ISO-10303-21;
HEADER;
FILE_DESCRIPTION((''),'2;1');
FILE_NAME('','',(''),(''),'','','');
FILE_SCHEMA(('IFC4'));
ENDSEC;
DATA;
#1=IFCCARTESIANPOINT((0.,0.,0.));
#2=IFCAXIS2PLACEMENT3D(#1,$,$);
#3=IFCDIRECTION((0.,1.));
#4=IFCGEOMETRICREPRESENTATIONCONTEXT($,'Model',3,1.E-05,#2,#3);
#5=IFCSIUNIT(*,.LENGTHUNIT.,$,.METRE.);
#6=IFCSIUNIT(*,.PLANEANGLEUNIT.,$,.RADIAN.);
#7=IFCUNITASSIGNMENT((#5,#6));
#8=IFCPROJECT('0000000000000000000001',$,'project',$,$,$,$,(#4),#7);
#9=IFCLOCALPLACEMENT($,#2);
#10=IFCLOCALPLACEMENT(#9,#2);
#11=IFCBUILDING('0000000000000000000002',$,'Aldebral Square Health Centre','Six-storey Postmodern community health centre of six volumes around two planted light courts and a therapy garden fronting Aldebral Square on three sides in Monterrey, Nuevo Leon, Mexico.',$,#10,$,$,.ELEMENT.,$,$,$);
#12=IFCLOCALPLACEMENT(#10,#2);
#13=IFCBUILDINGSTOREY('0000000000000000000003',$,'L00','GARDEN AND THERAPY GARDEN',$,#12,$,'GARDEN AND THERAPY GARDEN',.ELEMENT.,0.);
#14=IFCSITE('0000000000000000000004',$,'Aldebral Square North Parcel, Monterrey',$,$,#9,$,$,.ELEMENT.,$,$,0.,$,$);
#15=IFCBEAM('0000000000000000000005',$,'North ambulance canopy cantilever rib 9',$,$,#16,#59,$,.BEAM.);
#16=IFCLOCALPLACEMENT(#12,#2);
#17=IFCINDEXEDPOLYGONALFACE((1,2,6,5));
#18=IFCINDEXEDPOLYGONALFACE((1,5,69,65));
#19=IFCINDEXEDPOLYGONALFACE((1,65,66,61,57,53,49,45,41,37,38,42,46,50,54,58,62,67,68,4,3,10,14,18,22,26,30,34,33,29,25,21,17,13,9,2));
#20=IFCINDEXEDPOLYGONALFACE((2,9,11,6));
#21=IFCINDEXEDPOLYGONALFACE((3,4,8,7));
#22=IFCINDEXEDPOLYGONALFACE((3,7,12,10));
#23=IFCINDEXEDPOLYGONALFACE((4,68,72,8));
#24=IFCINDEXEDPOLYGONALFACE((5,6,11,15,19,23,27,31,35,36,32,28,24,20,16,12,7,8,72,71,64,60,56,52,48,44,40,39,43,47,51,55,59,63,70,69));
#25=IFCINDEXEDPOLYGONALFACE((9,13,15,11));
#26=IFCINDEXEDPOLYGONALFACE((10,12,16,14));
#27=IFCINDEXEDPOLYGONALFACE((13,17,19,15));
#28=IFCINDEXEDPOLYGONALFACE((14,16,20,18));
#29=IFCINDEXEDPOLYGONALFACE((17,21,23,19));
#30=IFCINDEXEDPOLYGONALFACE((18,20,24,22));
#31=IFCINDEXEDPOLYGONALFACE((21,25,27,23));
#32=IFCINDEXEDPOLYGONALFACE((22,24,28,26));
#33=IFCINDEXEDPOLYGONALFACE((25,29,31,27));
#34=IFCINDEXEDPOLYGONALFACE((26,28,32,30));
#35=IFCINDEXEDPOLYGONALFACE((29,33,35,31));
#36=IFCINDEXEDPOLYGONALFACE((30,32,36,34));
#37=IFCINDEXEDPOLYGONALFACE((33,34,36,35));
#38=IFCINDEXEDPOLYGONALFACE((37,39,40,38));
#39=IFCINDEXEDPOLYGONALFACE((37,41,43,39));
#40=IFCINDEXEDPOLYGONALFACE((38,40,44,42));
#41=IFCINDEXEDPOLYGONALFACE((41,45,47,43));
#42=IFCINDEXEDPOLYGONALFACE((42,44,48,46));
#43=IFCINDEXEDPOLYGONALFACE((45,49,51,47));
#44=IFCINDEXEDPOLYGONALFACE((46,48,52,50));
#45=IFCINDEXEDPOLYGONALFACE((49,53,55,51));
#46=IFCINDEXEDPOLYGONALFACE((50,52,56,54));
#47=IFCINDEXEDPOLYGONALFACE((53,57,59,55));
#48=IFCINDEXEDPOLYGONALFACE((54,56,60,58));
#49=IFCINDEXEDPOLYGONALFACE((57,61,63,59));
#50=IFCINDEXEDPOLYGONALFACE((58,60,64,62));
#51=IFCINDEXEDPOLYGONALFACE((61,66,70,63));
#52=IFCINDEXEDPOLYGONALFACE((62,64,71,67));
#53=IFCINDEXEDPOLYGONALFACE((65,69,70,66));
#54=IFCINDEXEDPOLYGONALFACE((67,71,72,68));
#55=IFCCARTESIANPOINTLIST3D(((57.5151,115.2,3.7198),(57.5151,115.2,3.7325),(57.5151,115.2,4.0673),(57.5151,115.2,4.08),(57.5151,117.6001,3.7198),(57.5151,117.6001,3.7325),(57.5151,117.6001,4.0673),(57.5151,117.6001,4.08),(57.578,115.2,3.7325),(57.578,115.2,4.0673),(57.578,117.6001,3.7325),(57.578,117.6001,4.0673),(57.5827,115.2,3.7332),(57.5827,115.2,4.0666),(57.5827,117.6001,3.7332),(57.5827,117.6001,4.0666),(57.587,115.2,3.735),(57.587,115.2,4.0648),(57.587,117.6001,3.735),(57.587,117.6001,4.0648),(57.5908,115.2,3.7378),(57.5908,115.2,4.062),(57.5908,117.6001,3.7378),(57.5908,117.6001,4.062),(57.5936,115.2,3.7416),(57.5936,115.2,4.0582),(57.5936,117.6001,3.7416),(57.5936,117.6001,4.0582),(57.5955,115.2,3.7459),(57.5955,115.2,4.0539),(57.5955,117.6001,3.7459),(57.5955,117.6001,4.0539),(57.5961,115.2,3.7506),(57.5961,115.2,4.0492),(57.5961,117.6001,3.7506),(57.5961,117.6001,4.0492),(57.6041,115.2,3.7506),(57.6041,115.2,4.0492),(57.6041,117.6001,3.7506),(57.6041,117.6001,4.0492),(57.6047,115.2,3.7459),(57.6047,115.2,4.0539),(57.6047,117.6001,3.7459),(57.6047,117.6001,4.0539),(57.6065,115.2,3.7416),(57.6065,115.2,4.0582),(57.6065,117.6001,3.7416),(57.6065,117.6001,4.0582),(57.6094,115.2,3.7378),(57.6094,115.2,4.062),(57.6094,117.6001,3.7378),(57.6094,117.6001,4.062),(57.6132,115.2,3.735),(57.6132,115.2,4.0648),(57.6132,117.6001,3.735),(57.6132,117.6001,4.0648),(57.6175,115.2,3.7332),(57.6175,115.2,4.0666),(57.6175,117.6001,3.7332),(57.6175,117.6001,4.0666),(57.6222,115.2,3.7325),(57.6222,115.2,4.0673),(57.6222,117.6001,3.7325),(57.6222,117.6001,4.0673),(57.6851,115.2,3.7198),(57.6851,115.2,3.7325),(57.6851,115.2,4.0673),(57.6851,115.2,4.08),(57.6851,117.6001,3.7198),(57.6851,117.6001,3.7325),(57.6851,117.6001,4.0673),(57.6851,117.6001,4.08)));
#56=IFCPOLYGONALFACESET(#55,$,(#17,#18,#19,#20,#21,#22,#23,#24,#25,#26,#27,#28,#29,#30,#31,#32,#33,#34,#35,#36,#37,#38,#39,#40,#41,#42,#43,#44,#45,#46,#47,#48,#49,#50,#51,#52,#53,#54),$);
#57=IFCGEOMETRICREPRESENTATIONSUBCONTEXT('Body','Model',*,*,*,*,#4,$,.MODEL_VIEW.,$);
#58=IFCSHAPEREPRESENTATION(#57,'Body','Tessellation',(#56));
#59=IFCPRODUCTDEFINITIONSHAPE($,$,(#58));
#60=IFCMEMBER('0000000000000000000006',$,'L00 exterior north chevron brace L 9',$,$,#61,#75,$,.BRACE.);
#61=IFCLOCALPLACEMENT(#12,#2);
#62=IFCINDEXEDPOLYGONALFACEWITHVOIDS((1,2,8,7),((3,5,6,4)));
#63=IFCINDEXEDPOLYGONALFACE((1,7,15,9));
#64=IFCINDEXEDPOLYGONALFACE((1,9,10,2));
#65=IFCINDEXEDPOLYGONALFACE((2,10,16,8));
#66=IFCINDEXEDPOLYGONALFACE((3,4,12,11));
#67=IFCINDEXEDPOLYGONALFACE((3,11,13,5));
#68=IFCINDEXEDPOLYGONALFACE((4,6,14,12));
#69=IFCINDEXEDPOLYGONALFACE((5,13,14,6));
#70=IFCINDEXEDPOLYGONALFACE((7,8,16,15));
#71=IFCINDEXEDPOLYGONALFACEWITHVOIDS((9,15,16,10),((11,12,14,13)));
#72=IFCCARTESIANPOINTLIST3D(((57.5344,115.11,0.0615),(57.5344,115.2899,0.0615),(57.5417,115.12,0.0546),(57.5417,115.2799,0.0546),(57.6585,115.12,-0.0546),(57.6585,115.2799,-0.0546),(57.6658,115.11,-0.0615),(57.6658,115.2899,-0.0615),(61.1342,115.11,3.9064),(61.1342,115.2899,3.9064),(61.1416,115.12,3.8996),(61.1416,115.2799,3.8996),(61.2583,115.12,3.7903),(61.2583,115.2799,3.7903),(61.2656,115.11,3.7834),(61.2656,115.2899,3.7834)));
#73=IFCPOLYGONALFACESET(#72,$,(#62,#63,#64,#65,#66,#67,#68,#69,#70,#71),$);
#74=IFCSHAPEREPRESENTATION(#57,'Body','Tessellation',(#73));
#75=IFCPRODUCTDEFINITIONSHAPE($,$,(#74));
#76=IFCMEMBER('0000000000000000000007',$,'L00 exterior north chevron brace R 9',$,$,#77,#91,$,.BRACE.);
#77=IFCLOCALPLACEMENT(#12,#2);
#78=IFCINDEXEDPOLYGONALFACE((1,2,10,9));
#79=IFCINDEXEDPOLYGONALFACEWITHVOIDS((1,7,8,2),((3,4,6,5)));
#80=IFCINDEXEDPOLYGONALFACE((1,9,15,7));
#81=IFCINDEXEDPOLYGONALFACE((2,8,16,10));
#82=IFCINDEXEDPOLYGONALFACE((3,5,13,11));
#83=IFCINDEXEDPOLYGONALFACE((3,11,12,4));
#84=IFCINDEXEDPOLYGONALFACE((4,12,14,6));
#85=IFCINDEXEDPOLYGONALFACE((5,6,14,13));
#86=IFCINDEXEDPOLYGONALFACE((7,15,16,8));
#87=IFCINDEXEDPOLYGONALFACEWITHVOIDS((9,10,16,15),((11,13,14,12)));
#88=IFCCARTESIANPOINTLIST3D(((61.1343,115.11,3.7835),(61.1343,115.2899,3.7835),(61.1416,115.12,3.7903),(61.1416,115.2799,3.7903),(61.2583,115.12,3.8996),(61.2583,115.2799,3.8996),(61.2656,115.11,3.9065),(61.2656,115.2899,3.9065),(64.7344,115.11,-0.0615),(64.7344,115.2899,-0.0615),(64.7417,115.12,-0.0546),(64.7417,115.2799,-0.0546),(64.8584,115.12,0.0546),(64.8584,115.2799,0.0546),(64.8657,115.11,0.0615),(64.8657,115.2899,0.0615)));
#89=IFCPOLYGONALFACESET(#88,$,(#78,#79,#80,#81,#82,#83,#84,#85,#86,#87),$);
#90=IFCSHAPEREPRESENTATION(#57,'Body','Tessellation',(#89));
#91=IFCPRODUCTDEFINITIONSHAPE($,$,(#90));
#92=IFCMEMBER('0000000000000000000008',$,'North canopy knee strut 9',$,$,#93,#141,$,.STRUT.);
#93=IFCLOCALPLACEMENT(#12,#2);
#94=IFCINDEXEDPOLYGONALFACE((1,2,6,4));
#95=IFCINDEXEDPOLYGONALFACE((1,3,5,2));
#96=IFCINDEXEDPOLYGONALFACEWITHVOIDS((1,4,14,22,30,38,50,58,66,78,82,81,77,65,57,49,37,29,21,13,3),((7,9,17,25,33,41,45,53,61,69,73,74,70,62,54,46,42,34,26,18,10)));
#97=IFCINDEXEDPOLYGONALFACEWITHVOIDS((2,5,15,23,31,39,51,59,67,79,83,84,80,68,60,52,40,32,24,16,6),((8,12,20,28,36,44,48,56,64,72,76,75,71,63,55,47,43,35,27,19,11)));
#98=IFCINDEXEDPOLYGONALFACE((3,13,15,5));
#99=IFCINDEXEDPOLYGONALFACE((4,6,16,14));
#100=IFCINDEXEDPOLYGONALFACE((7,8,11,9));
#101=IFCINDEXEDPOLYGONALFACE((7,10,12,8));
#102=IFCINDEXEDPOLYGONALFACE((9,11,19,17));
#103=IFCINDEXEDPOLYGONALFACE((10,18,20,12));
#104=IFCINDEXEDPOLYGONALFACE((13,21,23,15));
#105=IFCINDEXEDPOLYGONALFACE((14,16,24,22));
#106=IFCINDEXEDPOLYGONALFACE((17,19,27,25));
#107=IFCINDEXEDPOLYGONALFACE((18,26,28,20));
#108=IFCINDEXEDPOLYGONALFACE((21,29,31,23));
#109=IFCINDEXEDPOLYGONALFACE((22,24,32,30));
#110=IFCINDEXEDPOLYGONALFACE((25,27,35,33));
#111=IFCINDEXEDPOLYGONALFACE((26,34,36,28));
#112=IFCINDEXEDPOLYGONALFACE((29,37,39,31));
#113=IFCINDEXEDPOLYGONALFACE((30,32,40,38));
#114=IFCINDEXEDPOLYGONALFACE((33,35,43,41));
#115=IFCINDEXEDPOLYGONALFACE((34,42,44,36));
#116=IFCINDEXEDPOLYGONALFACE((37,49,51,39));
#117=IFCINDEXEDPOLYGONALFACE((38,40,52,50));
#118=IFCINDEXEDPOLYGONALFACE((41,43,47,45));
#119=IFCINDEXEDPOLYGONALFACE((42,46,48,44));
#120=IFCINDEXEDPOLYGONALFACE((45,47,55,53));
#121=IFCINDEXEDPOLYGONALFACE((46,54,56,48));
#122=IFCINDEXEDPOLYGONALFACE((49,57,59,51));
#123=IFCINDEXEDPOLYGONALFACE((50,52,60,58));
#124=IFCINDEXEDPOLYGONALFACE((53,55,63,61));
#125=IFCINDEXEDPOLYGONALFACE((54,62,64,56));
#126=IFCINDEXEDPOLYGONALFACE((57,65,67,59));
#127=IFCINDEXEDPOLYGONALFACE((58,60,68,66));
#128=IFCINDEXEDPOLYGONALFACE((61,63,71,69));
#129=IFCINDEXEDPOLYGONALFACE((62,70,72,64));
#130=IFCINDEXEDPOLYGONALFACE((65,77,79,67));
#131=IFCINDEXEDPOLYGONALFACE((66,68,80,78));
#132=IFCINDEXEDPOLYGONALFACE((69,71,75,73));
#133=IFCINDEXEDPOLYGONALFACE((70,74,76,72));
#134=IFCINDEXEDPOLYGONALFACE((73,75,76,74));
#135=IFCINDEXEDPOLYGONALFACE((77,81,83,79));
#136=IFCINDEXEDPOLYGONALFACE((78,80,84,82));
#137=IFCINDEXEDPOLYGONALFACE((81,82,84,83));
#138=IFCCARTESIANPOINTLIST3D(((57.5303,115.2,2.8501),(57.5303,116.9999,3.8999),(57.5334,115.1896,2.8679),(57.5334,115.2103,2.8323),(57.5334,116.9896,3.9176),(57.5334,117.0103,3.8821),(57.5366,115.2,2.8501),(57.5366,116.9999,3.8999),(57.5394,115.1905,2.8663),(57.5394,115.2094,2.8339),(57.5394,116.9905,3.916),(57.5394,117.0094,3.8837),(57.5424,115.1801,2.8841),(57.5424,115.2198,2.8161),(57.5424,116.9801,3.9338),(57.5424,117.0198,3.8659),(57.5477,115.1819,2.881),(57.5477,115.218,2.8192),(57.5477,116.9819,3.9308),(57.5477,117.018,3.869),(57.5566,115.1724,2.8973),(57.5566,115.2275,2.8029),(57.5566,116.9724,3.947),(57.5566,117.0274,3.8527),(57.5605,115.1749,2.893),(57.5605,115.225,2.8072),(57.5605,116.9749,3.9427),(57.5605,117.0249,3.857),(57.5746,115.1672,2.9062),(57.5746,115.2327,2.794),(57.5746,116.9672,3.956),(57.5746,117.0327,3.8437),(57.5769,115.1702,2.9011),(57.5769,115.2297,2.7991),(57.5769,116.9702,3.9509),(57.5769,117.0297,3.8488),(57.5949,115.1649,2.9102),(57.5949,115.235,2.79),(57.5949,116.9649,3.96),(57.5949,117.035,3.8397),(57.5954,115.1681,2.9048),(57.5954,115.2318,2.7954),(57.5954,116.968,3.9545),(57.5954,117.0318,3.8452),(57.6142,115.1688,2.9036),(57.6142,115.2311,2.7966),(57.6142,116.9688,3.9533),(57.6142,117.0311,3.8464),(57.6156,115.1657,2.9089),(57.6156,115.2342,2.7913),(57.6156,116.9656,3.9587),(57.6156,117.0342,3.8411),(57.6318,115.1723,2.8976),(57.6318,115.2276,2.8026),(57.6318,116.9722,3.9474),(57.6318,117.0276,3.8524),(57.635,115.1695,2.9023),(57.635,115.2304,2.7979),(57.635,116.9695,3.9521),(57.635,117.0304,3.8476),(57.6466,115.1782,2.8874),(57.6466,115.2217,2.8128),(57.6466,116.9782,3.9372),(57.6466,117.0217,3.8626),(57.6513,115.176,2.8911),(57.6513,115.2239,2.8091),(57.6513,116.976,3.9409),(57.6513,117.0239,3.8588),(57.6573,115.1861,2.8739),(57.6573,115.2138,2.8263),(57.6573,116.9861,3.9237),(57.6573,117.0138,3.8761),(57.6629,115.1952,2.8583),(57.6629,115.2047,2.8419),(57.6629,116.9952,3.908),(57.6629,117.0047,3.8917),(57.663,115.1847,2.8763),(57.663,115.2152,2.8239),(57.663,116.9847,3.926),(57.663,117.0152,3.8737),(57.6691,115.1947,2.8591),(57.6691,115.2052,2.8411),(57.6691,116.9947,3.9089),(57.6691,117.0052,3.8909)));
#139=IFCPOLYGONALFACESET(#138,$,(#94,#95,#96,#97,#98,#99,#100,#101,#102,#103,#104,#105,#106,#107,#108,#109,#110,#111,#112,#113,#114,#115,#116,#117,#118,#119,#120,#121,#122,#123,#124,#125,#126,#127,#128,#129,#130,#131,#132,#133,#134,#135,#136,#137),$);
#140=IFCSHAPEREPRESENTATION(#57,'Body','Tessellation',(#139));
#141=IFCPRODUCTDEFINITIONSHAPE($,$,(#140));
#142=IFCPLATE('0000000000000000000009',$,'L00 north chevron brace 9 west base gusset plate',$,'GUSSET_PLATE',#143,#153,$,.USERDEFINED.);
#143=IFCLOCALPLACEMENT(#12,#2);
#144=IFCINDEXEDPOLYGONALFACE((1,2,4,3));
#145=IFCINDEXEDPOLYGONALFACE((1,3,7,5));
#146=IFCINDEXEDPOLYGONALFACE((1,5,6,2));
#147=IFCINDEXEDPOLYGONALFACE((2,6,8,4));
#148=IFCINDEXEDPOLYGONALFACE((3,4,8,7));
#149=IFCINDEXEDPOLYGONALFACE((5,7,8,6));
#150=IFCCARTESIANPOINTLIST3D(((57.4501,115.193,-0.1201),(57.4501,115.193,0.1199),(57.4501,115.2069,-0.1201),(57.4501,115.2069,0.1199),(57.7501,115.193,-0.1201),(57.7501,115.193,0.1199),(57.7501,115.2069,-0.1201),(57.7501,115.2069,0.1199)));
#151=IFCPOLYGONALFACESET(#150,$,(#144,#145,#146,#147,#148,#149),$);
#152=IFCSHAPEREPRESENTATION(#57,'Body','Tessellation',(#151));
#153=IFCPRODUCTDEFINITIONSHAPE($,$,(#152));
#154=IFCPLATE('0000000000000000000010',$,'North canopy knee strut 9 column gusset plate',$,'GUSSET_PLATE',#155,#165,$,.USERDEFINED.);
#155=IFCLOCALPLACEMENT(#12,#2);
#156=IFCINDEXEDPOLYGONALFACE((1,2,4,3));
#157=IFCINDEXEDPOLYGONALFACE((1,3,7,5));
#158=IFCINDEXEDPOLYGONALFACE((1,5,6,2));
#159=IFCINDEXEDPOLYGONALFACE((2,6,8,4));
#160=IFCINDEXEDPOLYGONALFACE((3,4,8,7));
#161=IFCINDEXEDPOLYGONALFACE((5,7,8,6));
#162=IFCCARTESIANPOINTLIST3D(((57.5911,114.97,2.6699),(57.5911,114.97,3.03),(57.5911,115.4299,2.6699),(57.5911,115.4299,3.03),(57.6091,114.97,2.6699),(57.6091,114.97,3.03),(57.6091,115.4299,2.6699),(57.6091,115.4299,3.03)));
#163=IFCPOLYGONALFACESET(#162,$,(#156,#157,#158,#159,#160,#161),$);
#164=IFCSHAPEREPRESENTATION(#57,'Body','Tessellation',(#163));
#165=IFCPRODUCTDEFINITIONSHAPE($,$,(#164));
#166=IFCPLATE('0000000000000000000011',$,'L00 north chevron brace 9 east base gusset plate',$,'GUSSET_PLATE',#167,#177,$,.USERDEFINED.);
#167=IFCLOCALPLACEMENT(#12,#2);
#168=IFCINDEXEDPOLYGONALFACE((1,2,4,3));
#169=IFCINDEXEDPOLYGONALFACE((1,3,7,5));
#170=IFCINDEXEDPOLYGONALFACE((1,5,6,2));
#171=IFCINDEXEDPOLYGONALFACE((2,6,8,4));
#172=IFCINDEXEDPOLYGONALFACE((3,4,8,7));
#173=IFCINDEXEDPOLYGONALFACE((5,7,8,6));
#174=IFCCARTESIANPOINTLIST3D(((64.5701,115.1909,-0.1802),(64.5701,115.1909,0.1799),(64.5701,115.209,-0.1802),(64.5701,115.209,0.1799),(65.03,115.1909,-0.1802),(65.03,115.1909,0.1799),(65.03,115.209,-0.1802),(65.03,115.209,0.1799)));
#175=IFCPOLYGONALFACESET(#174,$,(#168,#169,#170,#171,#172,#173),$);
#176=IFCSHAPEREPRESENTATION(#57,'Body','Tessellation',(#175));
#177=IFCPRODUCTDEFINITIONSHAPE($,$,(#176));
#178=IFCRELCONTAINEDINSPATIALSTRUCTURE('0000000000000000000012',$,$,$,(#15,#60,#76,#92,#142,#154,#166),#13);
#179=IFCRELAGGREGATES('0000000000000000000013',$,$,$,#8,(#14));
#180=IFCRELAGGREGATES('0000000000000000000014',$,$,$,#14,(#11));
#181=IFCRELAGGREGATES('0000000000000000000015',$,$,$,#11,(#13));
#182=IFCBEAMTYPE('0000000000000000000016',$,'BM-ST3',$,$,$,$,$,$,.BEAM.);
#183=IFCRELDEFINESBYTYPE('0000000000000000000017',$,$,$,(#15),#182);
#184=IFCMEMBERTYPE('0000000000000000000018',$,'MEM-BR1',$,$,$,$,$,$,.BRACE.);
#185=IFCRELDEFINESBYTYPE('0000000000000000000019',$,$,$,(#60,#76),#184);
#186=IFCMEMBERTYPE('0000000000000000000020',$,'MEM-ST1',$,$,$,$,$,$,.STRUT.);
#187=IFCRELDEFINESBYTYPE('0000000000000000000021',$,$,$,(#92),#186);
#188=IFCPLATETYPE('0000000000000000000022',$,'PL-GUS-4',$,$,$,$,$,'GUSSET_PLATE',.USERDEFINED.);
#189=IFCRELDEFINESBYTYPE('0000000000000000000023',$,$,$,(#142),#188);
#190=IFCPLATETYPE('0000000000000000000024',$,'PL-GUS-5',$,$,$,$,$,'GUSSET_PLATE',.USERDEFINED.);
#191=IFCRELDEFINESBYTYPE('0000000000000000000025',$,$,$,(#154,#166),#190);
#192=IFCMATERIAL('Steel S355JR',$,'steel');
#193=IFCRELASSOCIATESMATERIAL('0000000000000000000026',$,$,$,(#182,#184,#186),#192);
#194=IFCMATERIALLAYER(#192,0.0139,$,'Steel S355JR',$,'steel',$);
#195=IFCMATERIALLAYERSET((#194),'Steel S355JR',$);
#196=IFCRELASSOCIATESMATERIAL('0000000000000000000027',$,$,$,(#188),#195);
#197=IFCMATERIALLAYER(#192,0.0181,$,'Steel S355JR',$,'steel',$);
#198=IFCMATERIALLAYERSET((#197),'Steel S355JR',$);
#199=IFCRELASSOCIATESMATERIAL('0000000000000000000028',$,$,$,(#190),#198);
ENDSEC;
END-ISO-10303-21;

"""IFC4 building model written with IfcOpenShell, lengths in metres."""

from ifc_helpers import new_model, si_unit, direction, frame, origin, origin_2d, place, context, subcontext, project, spatial, rectangle, hollow_rectangle, hollow_circle, i_section, extrude, material, layer, layer_set, material_profile, profile_set, type_object, element, save


model = new_model("IFC4")

# Units and contexts
model_context = context("Model", 3, precision=1e-05, world=origin(), true_north=direction((0.0, 1.0)))
body_context = subcontext(model_context, "Body", "Model", "MODEL_VIEW")
ifc_project = project(units=[si_unit("LENGTHUNIT", "METRE"), si_unit("PLANEANGLEUNIT", "RADIAN")], contexts=[model_context])

# Site, building, storey
site_placement = place(None, origin())
site = spatial("IfcSite", under=ifc_project, at=site_placement, Name="Aldebral Square North Parcel, Monterrey", CompositionType="ELEMENT", RefElevation=0.0)
building_placement = place(site_placement, origin())
building = spatial("IfcBuilding", under=site, at=building_placement, Name="Aldebral Square Health Centre", Description="Six-storey Postmodern community health centre of six volumes around two planted light courts and a therapy garden fronting Aldebral Square on three sides in Monterrey, Nuevo Leon, Mexico.", CompositionType="ELEMENT")
storey_placement = place(building_placement, origin())
storey = spatial("IfcBuildingStorey", under=building, at=storey_placement, Name="L00", Description="GARDEN AND THERAPY GARDEN", LongName="GARDEN AND THERAPY GARDEN", CompositionType="ELEMENT", Elevation=0.0)

# Beam
ifc_material_1 = material(Name="Steel S355JR", Category="steel")
ifc_material_profile_1 = material_profile(ifc_material_1, i_section(OverallWidth=0.1699, OverallDepth=0.3601, WebThickness=0.0081, FlangeThickness=0.0127, FilletRadius=0.0181, at=origin_2d()), Name="IPE 360")
ifc_profile_set_1 = profile_set([ifc_material_profile_1], Name="Steel S355JR")
beam_type_1 = type_object("IfcBeamType", Name="BM-ST3", PredefinedType="BEAM", material=ifc_profile_set_1)
beam_1_placement = place(storey_placement, frame((57.6001, 115.2, 3.8999), z_axis=(0.0, 1.0, 0.0), x_axis=(-1.0, 0.0, 0.0)))
element("IfcBeam", 1, at=beam_1_placement, inside=storey, type_object=beam_type_1, Name="North ambulance canopy cantilever rib 9", PredefinedType="BEAM", context=body_context, shape_type="SweptSolid", body=[
    extrude(i_section(OverallWidth=0.1699, OverallDepth=0.3601, WebThickness=0.0081, FlangeThickness=0.0127, FilletRadius=0.0181, at=origin_2d()), origin(), (0.0, 0.0, 1.0), 2.4001),
])

# Members
ifc_material_profile_2 = material_profile(ifc_material_1, hollow_rectangle(XDim=0.1799, YDim=0.1799, WallThickness=0.01, at=origin_2d()), Name="180x180x10 SHS")
ifc_profile_set_2 = profile_set([ifc_material_profile_2], Name="Steel S355JR")
member_type_1 = type_object("IfcMemberType", Name="MEM-BR1", PredefinedType="BRACE", material=ifc_profile_set_2)
member_1_placement = place(storey_placement, frame((57.6001, 115.2, 0.0), z_axis=(0.683455, 0.0, 0.729992), x_axis=(0.0, 1.0, 0.0)))
element("IfcMember", 2, at=member_1_placement, inside=storey, type_object=member_type_1, Name="L00 exterior north chevron brace L 9", PredefinedType="BRACE", context=body_context, shape_type="SweptSolid", body=[
    extrude(hollow_rectangle(XDim=0.1799, YDim=0.1799, WallThickness=0.01, at=origin_2d()), origin(), (0.0, 0.0, 1.0), 5.2671),
])
member_2_placement = place(storey_placement, frame((64.8, 115.2, 0.0), z_axis=(-0.68348, 0.0, 0.729969), x_axis=(0.0, -1.0, 0.0)))
element("IfcMember", 3, at=member_2_placement, inside=storey, type_object=member_type_1, Name="L00 exterior north chevron brace R 9", PredefinedType="BRACE", context=body_context, shape_type="SweptSolid", body=[
    extrude(hollow_rectangle(XDim=0.1799, YDim=0.1799, WallThickness=0.01, at=origin_2d()), origin(), (0.0, 0.0, 1.0), 5.2673),
])
ifc_material_profile_3 = material_profile(ifc_material_1, hollow_circle(Radius=0.0698, WallThickness=0.0063, at=origin_2d()), Name="139.7x6.3 CHS")
ifc_profile_set_3 = profile_set([ifc_material_profile_3], Name="Steel S355JR")
member_type_2 = type_object("IfcMemberType", Name="MEM-ST1", PredefinedType="STRUT", material=ifc_profile_set_3)
member_3_placement = place(storey_placement, frame((57.6001, 115.2, 2.8501), z_axis=(0.0, 0.863826, 0.503791), x_axis=(-1.0, 0.0, 0.0)))
element("IfcMember", 4, at=member_3_placement, inside=storey, type_object=member_type_2, Name="North canopy knee strut 9", PredefinedType="STRUT", context=body_context, shape_type="SweptSolid", body=[
    extrude(hollow_circle(Radius=0.0698, WallThickness=0.0063, at=origin_2d()), origin(), (0.0, 0.0, 1.0), 2.0837),
])

# Plates
ifc_layer_1 = layer(ifc_material_1, 0.0139, Name="Steel S355JR", Category="steel")
ifc_layer_set_1 = layer_set([ifc_layer_1], Name="Steel S355JR")
plate_type_1 = type_object("IfcPlateType", Name="PL-GUS-4", ElementType="GUSSET_PLATE", PredefinedType="USERDEFINED", material=ifc_layer_set_1)
plate_placement = place(storey_placement, frame((57.6001, 115.2, -0.1201), z_axis=(0.0, 0.0, 1.0), x_axis=(1.0, 0.0, 0.0)))
element("IfcPlate", 5, at=plate_placement, inside=storey, type_object=plate_type_1, Name="L00 north chevron brace 9 west base gusset plate", ObjectType="GUSSET_PLATE", PredefinedType="USERDEFINED", context=body_context, shape_type="SweptSolid", body=[
    extrude(rectangle(XDim=0.3, YDim=0.0139, at=origin_2d()), origin(), (0.0, 0.0, 1.0), 0.24),
])
ifc_layer_2 = layer(ifc_material_1, 0.0181, Name="Steel S355JR", Category="steel")
ifc_layer_set_2 = layer_set([ifc_layer_2], Name="Steel S355JR")
plate_type_2 = type_object("IfcPlateType", Name="PL-GUS-5", ElementType="GUSSET_PLATE", PredefinedType="USERDEFINED", material=ifc_layer_set_2)
for number, where, z_axis, x_axis, name in (
    (6, (57.6001, 115.2, 2.6699), (0.0, 0.0, 1.0), (0.0, 1.0, 0.0), "North canopy knee strut 9 column gusset plate"),
    (7, (64.8, 115.2, -0.1802), (0.0, 0.0, 1.0), (1.0, 0.0, 0.0), "L00 north chevron brace 9 east base gusset plate"),
):
    element("IfcPlate", number, at=place(storey_placement, frame(where, z_axis=z_axis, x_axis=x_axis)), inside=storey, type_object=plate_type_2, Name=name, ObjectType="GUSSET_PLATE", PredefinedType="USERDEFINED", context=body_context, shape_type="SweptSolid", body=[
        extrude(rectangle(XDim=0.46, YDim=0.0181, at=origin_2d()), origin(), (0.0, 0.0, 1.0), 0.3601),
    ])

save(model, "model.ifc")
